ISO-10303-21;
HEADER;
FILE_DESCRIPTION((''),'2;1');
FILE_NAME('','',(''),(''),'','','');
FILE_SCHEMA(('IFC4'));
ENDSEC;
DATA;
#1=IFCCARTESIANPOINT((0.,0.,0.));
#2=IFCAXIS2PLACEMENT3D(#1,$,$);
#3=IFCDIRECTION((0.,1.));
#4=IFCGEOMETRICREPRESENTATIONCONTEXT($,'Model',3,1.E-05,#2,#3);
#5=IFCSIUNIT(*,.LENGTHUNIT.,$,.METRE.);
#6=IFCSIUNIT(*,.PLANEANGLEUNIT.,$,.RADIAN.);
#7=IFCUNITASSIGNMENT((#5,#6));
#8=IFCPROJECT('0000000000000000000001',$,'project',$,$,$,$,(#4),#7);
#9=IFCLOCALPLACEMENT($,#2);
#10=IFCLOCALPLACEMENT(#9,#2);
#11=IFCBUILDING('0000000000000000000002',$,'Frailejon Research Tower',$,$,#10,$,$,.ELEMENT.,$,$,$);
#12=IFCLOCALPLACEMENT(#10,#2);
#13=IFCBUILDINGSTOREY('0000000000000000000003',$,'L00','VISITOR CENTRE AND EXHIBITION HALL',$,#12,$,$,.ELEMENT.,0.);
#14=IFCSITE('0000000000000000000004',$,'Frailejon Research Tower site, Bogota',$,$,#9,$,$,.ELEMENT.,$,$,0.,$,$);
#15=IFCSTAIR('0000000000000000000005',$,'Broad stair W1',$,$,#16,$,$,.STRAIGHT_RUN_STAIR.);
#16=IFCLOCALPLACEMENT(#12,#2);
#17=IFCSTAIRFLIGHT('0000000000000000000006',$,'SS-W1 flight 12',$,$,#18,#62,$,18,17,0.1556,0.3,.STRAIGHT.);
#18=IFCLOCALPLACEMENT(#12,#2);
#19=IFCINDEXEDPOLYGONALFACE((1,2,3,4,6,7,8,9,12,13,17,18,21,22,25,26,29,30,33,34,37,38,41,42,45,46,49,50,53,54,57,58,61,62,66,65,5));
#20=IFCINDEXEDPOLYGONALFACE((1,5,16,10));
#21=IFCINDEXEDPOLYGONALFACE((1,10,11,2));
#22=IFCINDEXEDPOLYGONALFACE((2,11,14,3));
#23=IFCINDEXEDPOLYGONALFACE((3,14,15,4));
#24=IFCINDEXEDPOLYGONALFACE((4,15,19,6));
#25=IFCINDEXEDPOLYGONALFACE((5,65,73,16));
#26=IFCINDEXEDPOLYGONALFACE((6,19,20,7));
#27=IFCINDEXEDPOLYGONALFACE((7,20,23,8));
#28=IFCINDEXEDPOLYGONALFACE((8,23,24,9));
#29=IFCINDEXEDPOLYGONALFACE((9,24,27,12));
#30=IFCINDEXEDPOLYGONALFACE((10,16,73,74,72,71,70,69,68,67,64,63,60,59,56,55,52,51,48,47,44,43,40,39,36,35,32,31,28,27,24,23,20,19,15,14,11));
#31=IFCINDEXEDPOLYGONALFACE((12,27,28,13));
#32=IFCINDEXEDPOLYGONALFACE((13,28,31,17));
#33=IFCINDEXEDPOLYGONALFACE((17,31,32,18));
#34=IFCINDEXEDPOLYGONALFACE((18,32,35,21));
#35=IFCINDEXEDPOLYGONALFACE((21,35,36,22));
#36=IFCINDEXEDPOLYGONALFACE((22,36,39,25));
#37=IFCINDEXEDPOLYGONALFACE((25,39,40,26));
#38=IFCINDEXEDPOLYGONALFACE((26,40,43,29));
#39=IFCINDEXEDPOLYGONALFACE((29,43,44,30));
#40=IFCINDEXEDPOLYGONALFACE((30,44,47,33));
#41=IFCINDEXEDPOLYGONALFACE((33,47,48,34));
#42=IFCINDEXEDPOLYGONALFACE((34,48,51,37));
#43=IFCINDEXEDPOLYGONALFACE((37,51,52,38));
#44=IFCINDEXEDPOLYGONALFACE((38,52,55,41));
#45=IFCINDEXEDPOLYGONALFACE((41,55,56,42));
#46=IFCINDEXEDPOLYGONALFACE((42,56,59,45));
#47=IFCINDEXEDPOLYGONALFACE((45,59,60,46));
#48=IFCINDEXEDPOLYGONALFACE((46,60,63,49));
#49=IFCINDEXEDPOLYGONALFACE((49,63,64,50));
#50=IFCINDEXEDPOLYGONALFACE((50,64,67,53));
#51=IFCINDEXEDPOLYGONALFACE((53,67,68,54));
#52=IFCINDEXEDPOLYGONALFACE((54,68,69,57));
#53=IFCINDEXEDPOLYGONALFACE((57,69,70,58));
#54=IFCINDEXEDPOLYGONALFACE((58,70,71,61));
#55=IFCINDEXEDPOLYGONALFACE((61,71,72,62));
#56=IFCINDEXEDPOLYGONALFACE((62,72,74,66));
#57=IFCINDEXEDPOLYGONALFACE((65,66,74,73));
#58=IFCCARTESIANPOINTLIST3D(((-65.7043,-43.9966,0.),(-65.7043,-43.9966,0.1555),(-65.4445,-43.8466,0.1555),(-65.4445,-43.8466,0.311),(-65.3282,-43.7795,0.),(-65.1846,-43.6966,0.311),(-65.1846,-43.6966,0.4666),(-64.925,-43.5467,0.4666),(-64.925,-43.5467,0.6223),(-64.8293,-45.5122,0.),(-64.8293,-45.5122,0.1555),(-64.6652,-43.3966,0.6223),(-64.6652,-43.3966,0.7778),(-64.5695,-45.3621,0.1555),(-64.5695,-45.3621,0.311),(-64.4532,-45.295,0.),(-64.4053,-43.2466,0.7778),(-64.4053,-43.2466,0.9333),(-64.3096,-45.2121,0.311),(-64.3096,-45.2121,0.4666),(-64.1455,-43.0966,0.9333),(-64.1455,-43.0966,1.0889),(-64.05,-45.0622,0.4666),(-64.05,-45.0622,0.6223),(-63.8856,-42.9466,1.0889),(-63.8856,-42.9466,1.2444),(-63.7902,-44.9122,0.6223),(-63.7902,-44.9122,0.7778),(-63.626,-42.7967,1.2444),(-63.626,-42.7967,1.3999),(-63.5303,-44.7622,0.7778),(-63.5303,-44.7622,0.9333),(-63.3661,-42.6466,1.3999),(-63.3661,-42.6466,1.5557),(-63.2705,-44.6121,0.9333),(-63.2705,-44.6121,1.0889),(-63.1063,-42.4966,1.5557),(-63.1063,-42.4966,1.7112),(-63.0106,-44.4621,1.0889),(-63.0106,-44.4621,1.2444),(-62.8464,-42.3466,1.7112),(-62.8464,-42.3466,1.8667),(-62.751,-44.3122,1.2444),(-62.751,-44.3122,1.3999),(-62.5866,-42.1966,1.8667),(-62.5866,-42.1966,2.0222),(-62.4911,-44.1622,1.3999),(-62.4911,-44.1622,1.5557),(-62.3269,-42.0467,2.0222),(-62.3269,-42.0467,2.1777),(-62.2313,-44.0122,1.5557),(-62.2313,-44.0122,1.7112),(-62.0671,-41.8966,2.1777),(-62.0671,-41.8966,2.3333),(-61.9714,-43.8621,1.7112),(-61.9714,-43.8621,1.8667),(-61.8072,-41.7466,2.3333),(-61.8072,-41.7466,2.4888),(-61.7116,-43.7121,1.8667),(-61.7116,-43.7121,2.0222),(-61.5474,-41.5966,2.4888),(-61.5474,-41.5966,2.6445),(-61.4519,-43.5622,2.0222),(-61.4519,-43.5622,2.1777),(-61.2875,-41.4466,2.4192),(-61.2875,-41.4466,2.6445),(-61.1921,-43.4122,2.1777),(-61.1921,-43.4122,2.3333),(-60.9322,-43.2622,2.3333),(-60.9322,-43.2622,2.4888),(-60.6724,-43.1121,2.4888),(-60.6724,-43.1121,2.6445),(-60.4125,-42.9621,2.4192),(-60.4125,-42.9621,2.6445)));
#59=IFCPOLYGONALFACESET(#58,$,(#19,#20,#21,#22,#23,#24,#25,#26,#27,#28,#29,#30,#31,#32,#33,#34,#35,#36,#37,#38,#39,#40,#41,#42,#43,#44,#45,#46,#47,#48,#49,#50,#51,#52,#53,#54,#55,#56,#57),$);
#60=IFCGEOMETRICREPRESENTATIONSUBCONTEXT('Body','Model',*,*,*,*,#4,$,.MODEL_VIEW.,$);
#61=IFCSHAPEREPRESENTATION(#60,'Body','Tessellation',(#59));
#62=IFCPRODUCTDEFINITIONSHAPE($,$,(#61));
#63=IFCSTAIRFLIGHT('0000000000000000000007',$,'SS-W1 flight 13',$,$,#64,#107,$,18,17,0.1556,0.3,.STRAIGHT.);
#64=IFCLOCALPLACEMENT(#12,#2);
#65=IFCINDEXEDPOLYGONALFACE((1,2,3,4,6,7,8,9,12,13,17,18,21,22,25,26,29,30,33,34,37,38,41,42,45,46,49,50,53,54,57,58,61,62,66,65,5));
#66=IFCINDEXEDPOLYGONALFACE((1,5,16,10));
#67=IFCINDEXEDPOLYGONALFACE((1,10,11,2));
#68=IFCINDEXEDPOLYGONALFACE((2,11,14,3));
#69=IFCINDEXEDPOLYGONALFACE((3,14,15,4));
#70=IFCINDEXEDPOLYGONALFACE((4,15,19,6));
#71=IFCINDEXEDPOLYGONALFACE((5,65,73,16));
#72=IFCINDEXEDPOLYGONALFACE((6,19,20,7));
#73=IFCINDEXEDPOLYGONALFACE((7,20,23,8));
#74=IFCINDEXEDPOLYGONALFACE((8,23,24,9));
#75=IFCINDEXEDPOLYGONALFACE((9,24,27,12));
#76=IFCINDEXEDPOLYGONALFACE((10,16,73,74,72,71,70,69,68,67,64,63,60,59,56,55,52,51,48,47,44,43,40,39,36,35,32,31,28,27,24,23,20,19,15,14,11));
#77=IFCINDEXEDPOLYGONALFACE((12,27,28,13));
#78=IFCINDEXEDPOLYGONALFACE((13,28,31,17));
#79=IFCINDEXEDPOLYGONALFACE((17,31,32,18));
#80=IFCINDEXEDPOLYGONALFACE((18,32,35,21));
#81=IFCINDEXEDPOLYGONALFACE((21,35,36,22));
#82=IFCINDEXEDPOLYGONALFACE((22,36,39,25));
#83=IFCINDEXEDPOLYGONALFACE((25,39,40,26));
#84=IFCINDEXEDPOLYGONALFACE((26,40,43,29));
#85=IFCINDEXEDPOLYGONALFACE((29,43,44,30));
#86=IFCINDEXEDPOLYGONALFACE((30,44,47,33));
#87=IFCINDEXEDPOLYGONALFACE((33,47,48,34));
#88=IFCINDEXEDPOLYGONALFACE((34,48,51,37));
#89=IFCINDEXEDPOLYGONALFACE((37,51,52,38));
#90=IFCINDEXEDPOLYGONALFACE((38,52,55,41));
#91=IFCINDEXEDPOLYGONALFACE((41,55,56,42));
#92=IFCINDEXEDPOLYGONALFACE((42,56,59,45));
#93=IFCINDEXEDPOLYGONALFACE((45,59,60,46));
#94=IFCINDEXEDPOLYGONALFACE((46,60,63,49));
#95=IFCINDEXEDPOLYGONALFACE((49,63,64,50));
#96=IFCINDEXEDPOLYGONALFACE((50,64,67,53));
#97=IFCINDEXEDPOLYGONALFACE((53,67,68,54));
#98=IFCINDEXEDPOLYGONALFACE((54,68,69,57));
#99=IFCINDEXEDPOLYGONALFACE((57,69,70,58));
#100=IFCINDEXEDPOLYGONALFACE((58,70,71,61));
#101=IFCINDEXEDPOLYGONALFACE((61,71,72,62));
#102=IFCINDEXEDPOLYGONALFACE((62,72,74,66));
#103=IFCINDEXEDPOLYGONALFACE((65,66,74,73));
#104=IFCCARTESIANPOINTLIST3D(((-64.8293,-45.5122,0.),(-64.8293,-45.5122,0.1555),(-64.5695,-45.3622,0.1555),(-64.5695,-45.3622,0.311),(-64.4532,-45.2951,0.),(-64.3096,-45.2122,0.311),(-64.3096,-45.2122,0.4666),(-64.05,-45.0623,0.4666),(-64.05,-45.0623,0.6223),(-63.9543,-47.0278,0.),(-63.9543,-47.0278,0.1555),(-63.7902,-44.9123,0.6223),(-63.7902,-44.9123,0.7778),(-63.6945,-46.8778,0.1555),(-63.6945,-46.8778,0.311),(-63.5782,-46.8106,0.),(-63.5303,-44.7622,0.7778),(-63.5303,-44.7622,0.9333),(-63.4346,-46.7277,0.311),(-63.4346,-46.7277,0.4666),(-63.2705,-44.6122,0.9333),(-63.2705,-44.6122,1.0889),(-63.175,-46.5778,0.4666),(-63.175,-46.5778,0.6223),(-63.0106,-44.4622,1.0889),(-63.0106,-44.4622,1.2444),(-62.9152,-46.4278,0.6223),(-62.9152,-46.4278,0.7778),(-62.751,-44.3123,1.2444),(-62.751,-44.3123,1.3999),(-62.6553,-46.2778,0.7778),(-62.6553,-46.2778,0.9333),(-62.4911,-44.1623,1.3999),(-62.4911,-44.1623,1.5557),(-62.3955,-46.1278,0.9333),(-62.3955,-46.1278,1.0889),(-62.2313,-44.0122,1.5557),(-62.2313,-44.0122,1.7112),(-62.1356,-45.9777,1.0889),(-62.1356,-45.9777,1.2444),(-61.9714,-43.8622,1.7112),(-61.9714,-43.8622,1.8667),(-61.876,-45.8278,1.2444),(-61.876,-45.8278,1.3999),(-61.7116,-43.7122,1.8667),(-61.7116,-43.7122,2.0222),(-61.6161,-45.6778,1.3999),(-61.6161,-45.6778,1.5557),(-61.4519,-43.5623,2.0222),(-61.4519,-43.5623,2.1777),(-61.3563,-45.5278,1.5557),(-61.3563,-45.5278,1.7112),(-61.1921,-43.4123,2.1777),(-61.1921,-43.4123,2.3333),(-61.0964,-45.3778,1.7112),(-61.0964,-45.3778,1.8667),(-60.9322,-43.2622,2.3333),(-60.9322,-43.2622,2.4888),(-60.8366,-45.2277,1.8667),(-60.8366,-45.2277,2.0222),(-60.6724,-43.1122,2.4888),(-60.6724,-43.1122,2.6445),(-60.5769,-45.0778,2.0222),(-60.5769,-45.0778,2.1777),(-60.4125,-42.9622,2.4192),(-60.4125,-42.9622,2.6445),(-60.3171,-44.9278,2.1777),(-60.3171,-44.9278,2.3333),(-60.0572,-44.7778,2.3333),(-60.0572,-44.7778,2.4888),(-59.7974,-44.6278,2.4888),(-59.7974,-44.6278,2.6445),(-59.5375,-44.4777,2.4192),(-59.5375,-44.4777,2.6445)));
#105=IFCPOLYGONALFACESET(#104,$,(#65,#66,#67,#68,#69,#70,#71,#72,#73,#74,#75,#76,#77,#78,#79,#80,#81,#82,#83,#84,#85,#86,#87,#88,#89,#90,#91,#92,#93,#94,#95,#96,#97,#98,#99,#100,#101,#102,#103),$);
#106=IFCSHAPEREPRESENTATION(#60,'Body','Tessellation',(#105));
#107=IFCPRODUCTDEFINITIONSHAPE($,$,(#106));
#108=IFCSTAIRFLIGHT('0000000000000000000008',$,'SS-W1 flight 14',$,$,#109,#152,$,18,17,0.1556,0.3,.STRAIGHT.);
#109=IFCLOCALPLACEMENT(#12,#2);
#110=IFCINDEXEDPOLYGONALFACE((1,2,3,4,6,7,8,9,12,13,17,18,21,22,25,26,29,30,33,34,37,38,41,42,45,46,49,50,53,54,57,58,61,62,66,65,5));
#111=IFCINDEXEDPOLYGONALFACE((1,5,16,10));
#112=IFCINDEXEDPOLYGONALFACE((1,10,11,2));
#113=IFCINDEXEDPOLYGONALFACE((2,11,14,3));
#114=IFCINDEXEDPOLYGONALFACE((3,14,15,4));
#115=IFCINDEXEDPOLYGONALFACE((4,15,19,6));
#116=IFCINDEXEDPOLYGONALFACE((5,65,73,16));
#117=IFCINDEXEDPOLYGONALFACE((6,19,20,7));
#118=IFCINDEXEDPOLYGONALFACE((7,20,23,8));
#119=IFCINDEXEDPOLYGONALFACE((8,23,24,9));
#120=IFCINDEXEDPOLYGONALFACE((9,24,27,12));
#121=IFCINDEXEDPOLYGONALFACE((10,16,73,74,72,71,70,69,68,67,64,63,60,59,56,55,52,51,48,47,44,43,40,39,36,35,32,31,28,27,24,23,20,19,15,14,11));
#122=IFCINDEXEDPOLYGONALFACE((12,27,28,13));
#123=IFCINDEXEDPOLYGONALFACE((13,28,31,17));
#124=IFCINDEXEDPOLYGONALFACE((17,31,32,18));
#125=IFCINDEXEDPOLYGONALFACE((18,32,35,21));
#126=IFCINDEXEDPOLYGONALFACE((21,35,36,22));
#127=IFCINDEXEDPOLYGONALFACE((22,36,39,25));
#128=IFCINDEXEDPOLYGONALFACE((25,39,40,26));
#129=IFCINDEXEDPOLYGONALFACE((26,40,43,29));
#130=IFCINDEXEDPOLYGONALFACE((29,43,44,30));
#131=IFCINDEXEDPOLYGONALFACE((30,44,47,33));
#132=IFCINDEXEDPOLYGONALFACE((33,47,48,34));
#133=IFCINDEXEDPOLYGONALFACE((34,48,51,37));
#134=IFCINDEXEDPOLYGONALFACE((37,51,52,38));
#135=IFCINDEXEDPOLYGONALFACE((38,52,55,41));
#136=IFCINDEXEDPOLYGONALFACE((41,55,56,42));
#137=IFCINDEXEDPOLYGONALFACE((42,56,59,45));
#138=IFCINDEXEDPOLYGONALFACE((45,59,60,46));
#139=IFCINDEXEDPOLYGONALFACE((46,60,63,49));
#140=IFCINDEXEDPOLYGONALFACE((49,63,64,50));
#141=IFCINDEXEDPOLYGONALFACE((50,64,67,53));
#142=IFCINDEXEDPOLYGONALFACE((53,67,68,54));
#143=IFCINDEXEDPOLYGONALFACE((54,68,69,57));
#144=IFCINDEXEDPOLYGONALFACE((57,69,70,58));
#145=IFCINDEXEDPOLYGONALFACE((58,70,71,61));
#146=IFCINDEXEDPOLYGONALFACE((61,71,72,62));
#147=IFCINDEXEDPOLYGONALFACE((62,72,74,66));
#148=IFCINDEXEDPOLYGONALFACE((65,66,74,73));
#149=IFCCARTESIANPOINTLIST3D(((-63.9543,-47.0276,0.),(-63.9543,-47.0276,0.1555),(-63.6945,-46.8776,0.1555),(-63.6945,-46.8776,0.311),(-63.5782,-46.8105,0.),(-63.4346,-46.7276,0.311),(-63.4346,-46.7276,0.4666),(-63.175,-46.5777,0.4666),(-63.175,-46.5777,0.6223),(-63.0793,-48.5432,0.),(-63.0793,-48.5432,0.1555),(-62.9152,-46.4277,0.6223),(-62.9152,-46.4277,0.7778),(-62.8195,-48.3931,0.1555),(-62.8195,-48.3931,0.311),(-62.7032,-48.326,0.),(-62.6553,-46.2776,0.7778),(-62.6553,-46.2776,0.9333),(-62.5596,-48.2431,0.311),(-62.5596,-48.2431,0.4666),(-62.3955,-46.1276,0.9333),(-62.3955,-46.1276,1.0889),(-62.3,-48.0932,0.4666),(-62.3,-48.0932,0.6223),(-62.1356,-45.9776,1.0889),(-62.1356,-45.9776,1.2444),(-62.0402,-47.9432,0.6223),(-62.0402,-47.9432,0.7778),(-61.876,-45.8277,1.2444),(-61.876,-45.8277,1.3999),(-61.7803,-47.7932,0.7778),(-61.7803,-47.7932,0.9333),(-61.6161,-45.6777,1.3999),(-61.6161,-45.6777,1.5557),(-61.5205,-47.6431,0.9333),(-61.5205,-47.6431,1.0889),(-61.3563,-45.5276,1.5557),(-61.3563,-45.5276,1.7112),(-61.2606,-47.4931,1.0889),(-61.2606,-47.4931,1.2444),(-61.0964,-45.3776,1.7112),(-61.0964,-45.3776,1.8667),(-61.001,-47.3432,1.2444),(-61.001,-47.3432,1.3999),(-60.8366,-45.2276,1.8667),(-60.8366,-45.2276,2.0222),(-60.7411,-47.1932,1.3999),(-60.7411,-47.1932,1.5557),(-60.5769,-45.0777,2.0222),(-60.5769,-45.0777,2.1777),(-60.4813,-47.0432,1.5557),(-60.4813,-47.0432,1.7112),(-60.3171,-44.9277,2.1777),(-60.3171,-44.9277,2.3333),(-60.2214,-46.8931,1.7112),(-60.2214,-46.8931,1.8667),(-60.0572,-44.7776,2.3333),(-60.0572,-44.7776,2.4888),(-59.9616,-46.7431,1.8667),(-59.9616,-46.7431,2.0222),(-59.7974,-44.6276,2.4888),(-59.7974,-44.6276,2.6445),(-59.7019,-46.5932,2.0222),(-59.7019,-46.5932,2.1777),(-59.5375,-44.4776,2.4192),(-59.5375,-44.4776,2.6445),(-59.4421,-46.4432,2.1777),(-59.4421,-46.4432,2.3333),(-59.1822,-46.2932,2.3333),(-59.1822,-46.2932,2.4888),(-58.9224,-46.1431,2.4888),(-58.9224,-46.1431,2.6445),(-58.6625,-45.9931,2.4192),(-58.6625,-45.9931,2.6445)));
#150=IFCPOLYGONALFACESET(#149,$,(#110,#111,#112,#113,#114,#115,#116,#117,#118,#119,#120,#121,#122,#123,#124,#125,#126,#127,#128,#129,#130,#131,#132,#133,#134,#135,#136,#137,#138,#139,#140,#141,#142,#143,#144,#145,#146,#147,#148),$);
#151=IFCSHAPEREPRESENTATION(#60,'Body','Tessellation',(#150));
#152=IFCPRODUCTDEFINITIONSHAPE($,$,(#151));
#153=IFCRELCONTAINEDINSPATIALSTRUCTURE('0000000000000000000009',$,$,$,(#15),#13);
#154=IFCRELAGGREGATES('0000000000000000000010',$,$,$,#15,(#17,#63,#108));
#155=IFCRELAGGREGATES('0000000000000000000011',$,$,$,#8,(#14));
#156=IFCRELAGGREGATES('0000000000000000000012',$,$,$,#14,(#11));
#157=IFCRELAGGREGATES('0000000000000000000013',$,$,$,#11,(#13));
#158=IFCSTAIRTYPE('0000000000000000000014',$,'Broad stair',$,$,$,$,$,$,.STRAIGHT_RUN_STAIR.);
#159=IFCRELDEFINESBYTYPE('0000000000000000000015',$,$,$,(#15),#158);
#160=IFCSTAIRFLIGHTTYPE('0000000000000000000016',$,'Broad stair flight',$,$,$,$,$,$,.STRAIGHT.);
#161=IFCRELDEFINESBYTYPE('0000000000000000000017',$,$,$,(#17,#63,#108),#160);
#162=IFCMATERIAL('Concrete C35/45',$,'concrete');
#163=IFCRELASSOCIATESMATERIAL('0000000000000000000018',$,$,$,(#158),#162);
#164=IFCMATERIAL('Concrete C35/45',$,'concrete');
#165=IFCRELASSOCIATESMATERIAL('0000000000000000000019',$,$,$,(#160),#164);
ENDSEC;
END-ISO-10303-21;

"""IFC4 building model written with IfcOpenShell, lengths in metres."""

from ifc_helpers import new_model, si_unit, direction, frame, origin, place, context, subcontext, project, spatial, polyline, outline, extrude, material, type_object, element, aggregate, save


model = new_model("IFC4")

# Units and contexts
model_context = context("Model", 3, precision=1e-05, world=origin(), true_north=direction((0.0, 1.0)))
body_context = subcontext(model_context, "Body", "Model", "MODEL_VIEW")
ifc_project = project(units=[si_unit("LENGTHUNIT", "METRE"), si_unit("PLANEANGLEUNIT", "RADIAN")], contexts=[model_context])

# Site, building, storey
site_placement = place(None, origin())
site = spatial("IfcSite", under=ifc_project, at=site_placement, Name="Frailejon Research Tower site, Bogota", CompositionType="ELEMENT", RefElevation=0.0)
building_placement = place(site_placement, origin())
building = spatial("IfcBuilding", under=site, at=building_placement, Name="Frailejon Research Tower", CompositionType="ELEMENT")
storey_placement = place(building_placement, origin())
storey = spatial("IfcBuildingStorey", under=building, at=storey_placement, Name="L00", Description="VISITOR CENTRE AND EXHIBITION HALL", CompositionType="ELEMENT", Elevation=0.0)

# Stair, stair flights
ifc_material_1 = material(Name="Concrete C35/45", Category="concrete")
stair_type = type_object("IfcStairType", Name="Broad stair", PredefinedType="STRAIGHT_RUN_STAIR", material=ifc_material_1)
stair_placement = place(storey_placement, origin())
stair = element("IfcStair", 1, at=stair_placement, inside=storey, type_object=stair_type, Name="Broad stair W1", PredefinedType="STRAIGHT_RUN_STAIR")
ifc_material_2 = material(Name="Concrete C35/45", Category="concrete")
stair_flight_type = type_object("IfcStairFlightType", Name="Broad stair flight", PredefinedType="STRAIGHT", material=ifc_material_2)
stair_flight_1_placement = place(storey_placement, frame((-65.2668, -44.7544, 0.0), z_axis=(0.0, 0.0, 1.0), x_axis=(0.866025, 0.5, 0.0)))
stair_flight_1 = element("IfcStairFlight", 2, at=stair_flight_1_placement, type_object=stair_flight_type, Name="SS-W1 flight 12", NumberOfRisers=18, NumberOfTreads=17, PredefinedType="STRAIGHT", RiserHeight=0.1556, TreadLength=0.3, context=body_context, shape_type="SweptSolid", body=[
    extrude(outline(polyline([(0.0, 0.0), (0.0, 0.1555), (0.3, 0.1555), (0.3, 0.311), (0.6001, 0.311), (0.6001, 0.4666), (0.8999, 0.4666), (0.8999, 0.6223), (1.2, 0.6223), (1.2, 0.7778), (1.5, 0.7778), (1.5, 0.9333), (1.8, 0.9333), (1.8, 1.0889), (2.1001, 1.0889), (2.1001, 1.2444), (2.3999, 1.2444), (2.3999, 1.3999), (2.7, 1.3999), (2.7, 1.5557), (3.0, 1.5557), (3.0, 1.7112), (3.3, 1.7112), (3.3, 1.8667), (3.6001, 1.8667), (3.6001, 2.0222), (3.8999, 2.0222), (3.8999, 2.1777), (4.2, 2.1777), (4.2, 2.3333), (4.5, 2.3333), (4.5, 2.4888), (4.8, 2.4888), (4.8, 2.6445), (5.1001, 2.6445), (5.1001, 2.8), (5.1001, 2.4192), (0.4343, 0.0), (0.0, 0.0)])), frame((0.0, 0.875, 0.0), z_axis=(0.0, -1.0, 0.0), x_axis=(1.0, 0.0, 0.0)), (0.0, 0.0, 1.0), 1.75),
])
stair_flight_2_placement = place(storey_placement, frame((-64.3918, -46.27, 0.0), z_axis=(0.0, 0.0, 1.0), x_axis=(0.866025, 0.5, 0.0)))
stair_flight_2 = element("IfcStairFlight", 3, at=stair_flight_2_placement, type_object=stair_flight_type, Name="SS-W1 flight 13", NumberOfRisers=18, NumberOfTreads=17, PredefinedType="STRAIGHT", RiserHeight=0.1556, TreadLength=0.3, context=body_context, shape_type="SweptSolid", body=[
    extrude(outline(polyline([(0.0, 0.0), (0.0, 0.1555), (0.3, 0.1555), (0.3, 0.311), (0.6001, 0.311), (0.6001, 0.4666), (0.8999, 0.4666), (0.8999, 0.6223), (1.2, 0.6223), (1.2, 0.7778), (1.5, 0.7778), (1.5, 0.9333), (1.8, 0.9333), (1.8, 1.0889), (2.1001, 1.0889), (2.1001, 1.2444), (2.3999, 1.2444), (2.3999, 1.3999), (2.7, 1.3999), (2.7, 1.5557), (3.0, 1.5557), (3.0, 1.7112), (3.3, 1.7112), (3.3, 1.8667), (3.6001, 1.8667), (3.6001, 2.0222), (3.8999, 2.0222), (3.8999, 2.1777), (4.2, 2.1777), (4.2, 2.3333), (4.5, 2.3333), (4.5, 2.4888), (4.8, 2.4888), (4.8, 2.6445), (5.1001, 2.6445), (5.1001, 2.8), (5.1001, 2.4192), (0.4343, 0.0), (0.0, 0.0)])), frame((0.0, 0.875, 0.0), z_axis=(0.0, -1.0, 0.0), x_axis=(1.0, 0.0, 0.0)), (0.0, 0.0, 1.0), 1.75),
])
stair_flight_3_placement = place(storey_placement, frame((-63.5168, -47.7854, 0.0), z_axis=(0.0, 0.0, 1.0), x_axis=(0.866025, 0.5, 0.0)))
stair_flight_3 = element("IfcStairFlight", 4, at=stair_flight_3_placement, type_object=stair_flight_type, Name="SS-W1 flight 14", NumberOfRisers=18, NumberOfTreads=17, PredefinedType="STRAIGHT", RiserHeight=0.1556, TreadLength=0.3, context=body_context, shape_type="SweptSolid", body=[
    extrude(outline(polyline([(0.0, 0.0), (0.0, 0.1555), (0.3, 0.1555), (0.3, 0.311), (0.6001, 0.311), (0.6001, 0.4666), (0.8999, 0.4666), (0.8999, 0.6223), (1.2, 0.6223), (1.2, 0.7778), (1.5, 0.7778), (1.5, 0.9333), (1.8, 0.9333), (1.8, 1.0889), (2.1001, 1.0889), (2.1001, 1.2444), (2.3999, 1.2444), (2.3999, 1.3999), (2.7, 1.3999), (2.7, 1.5557), (3.0, 1.5557), (3.0, 1.7112), (3.3, 1.7112), (3.3, 1.8667), (3.6001, 1.8667), (3.6001, 2.0222), (3.8999, 2.0222), (3.8999, 2.1777), (4.2, 2.1777), (4.2, 2.3333), (4.5, 2.3333), (4.5, 2.4888), (4.8, 2.4888), (4.8, 2.6445), (5.1001, 2.6445), (5.1001, 2.8), (5.1001, 2.4192), (0.4343, 0.0), (0.0, 0.0)])), frame((0.0, 0.875, 0.0), z_axis=(0.0, -1.0, 0.0), x_axis=(1.0, 0.0, 0.0)), (0.0, 0.0, 1.0), 1.75),
])
aggregate(stair, [stair_flight_1, stair_flight_2, stair_flight_3])

save(model, "model.ifc")
